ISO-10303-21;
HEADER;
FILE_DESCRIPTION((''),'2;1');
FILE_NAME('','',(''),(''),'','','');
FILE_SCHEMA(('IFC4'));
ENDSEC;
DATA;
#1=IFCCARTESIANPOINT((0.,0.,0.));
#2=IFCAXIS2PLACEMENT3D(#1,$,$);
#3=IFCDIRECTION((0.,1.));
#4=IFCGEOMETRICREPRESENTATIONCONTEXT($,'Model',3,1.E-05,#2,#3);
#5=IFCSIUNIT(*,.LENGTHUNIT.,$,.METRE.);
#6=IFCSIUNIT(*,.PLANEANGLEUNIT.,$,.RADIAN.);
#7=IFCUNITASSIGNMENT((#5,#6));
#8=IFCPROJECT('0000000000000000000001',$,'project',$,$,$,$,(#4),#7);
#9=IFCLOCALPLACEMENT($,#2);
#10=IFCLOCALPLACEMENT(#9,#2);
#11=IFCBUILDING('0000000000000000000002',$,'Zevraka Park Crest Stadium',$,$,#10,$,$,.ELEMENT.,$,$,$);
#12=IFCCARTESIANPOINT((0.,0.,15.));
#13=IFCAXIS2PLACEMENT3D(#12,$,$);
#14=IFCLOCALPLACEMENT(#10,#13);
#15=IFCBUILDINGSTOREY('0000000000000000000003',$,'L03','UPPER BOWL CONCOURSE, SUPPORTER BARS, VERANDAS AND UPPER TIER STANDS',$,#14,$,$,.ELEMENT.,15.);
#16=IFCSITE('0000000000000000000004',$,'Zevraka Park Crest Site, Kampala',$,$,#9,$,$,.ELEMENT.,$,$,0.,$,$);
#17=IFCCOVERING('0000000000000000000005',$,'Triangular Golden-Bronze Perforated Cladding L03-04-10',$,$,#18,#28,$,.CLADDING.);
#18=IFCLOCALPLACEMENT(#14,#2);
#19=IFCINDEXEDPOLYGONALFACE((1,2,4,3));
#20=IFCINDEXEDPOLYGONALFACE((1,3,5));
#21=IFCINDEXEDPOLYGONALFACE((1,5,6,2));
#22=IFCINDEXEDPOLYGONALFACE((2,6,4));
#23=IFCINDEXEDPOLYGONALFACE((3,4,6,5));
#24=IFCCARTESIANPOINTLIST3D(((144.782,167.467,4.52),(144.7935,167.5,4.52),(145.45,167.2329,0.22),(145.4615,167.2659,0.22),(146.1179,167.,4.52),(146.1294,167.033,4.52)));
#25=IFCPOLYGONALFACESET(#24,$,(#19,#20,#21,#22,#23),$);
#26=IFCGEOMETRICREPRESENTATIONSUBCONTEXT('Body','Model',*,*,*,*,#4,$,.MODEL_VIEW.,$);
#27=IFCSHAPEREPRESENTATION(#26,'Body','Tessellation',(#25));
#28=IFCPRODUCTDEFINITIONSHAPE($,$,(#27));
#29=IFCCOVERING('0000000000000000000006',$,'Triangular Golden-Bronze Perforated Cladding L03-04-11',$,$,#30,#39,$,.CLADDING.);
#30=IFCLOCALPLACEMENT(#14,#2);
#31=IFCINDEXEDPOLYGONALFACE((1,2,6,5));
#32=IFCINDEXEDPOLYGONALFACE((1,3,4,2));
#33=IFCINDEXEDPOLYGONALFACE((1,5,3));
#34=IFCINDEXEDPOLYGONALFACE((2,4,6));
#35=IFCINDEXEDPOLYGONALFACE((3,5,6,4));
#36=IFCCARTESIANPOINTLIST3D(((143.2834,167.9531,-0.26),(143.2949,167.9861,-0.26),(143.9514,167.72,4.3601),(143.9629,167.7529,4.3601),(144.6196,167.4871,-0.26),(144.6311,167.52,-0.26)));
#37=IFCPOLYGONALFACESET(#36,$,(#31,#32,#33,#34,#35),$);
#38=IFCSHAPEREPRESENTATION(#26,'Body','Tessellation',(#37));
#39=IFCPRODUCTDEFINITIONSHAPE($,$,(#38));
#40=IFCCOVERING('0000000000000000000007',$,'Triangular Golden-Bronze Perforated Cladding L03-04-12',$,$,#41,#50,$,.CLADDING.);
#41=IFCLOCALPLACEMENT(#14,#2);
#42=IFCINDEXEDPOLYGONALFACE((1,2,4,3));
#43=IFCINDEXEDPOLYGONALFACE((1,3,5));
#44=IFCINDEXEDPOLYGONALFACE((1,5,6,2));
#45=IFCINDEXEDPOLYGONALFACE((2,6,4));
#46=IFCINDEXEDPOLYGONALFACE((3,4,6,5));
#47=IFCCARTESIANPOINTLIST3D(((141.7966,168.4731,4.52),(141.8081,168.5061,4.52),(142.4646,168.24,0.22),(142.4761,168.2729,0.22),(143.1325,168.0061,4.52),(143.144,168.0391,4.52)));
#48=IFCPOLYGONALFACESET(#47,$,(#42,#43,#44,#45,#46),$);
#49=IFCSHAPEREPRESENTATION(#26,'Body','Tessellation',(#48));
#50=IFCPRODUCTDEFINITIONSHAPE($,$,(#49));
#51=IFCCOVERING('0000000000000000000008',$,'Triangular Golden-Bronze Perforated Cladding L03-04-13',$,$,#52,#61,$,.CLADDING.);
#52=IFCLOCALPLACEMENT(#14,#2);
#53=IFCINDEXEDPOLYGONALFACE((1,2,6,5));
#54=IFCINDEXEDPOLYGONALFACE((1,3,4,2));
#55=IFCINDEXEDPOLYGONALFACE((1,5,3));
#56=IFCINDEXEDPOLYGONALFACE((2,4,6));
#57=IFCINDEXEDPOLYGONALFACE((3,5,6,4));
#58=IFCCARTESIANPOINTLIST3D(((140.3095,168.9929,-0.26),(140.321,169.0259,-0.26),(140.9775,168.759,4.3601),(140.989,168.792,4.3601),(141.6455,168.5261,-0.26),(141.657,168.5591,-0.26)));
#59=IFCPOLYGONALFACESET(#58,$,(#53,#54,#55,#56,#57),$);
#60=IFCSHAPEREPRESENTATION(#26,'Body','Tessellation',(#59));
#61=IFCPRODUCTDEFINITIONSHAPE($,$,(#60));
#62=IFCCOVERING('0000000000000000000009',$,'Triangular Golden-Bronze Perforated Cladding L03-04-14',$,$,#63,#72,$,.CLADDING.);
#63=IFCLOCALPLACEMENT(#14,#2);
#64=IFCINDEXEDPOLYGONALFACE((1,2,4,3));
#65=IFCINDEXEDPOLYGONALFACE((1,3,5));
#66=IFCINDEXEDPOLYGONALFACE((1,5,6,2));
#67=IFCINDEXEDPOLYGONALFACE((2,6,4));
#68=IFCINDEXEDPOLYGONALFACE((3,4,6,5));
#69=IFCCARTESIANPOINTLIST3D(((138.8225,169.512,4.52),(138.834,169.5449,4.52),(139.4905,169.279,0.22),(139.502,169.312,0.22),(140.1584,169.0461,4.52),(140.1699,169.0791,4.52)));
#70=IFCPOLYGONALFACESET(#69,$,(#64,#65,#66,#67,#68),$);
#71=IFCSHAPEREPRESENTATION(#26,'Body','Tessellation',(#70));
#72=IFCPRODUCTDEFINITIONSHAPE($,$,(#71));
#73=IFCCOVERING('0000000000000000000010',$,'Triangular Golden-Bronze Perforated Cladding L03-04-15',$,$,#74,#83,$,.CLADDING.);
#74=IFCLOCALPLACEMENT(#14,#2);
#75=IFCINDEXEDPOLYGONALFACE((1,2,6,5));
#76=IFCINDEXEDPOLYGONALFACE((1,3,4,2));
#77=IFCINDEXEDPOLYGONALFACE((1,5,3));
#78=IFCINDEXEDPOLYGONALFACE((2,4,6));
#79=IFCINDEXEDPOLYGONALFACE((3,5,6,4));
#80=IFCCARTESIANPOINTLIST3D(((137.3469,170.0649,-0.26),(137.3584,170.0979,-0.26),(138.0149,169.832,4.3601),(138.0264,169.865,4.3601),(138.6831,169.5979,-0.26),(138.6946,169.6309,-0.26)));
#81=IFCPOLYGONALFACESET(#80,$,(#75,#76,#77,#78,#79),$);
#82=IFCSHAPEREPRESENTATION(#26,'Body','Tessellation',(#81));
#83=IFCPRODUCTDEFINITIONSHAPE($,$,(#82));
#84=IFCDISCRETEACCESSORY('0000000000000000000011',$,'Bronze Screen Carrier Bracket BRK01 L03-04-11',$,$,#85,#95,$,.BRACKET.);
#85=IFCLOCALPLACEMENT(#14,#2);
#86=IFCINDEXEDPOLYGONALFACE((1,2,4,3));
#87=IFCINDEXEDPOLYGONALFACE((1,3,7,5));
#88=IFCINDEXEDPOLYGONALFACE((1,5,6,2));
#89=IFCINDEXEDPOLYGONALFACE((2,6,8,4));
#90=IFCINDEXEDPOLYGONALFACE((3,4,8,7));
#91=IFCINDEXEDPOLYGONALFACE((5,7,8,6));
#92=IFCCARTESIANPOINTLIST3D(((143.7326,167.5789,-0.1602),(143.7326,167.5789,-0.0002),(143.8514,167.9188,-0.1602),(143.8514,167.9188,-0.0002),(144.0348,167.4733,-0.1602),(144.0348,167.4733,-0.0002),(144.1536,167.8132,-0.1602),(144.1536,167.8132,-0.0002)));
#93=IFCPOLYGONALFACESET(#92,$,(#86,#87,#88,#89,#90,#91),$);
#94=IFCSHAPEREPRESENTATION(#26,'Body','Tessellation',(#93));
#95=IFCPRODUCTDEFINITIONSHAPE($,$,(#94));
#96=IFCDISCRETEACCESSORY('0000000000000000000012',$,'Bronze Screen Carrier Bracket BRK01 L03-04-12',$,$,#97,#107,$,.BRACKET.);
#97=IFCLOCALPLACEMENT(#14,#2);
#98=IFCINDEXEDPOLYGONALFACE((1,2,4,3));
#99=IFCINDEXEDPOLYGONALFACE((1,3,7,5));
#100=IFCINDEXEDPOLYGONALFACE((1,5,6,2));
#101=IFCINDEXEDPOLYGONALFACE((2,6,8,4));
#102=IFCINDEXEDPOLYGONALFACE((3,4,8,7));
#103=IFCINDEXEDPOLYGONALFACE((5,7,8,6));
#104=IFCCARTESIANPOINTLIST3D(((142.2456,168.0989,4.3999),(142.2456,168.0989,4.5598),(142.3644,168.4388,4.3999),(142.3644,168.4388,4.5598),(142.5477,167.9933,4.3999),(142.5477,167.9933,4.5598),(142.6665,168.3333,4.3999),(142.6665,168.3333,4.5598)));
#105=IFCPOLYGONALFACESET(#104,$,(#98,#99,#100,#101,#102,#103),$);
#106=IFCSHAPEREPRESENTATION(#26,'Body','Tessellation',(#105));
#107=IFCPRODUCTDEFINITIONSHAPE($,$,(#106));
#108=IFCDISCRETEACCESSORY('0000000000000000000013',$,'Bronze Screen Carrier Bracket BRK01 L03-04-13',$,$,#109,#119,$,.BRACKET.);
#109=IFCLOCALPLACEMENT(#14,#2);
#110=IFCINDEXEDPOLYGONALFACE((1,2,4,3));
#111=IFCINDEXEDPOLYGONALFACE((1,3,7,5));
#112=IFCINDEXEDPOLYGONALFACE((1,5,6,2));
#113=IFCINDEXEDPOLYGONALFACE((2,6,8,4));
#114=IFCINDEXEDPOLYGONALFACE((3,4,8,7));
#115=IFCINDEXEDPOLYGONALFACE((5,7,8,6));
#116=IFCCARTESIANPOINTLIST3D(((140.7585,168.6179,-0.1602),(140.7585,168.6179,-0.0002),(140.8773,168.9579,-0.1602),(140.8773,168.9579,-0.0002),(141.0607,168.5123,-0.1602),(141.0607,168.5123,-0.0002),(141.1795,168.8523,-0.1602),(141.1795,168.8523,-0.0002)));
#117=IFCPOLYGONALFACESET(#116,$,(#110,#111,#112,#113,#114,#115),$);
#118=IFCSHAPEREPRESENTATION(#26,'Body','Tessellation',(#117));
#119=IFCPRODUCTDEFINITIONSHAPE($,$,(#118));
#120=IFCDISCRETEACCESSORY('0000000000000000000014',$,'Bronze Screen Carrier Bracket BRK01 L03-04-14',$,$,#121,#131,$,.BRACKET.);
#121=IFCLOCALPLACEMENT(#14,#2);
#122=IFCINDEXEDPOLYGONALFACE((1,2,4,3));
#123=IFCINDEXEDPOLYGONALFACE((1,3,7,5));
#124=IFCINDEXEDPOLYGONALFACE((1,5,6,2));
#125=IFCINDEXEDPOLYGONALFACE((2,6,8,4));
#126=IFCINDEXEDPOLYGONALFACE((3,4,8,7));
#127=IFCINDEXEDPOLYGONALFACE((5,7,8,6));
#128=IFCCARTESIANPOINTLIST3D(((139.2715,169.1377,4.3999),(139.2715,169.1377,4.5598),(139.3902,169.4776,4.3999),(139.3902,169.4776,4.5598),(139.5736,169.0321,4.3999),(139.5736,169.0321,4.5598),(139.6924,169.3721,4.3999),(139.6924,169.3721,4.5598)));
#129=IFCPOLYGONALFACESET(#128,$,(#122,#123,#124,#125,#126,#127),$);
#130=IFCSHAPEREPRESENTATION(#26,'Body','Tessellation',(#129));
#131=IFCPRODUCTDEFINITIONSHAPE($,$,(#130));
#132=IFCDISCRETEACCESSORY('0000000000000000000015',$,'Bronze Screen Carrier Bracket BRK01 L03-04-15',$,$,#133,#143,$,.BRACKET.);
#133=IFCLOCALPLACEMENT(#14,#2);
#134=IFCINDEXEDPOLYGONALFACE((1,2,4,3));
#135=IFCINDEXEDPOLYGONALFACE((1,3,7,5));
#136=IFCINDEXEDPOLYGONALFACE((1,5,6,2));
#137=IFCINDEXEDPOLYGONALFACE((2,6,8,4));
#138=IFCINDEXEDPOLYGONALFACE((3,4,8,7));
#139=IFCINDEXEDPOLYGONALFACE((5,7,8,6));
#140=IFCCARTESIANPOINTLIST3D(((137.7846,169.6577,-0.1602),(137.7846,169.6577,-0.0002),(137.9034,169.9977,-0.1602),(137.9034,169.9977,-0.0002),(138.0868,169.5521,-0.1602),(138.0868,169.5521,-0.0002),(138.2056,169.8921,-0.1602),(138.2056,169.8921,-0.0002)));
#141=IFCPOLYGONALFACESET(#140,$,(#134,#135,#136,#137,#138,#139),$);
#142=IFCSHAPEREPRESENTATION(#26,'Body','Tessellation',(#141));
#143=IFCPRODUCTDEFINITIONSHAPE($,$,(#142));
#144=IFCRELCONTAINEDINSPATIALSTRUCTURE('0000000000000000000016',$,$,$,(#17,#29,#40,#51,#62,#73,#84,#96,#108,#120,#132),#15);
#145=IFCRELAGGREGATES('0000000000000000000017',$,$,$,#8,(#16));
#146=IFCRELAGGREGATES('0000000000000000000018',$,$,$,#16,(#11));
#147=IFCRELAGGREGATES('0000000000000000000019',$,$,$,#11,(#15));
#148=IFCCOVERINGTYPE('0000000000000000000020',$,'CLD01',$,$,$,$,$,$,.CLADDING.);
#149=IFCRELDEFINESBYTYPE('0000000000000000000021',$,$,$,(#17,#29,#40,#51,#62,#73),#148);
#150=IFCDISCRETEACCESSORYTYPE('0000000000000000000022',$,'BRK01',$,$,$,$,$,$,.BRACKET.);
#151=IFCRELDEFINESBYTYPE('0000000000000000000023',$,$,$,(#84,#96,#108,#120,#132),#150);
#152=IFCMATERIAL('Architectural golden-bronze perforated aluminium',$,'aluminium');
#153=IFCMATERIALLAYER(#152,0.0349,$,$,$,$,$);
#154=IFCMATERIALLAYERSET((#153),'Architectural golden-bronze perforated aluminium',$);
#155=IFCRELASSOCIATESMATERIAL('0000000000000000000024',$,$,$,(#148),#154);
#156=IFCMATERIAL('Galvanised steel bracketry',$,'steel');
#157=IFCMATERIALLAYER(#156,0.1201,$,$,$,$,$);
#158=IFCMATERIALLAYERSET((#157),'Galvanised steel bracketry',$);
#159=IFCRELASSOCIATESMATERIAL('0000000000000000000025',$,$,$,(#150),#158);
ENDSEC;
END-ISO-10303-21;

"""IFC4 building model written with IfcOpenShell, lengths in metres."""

from ifc_helpers import new_model, si_unit, direction, frame, origin, origin_2d, place, context, subcontext, project, spatial, polyline, rectangle, outline, extrude, material, layer, layer_set, type_object, element, save


model = new_model("IFC4")

# Units and contexts
model_context = context("Model", 3, precision=1e-05, world=origin(), true_north=direction((0.0, 1.0)))
body_context = subcontext(model_context, "Body", "Model", "MODEL_VIEW")
ifc_project = project(units=[si_unit("LENGTHUNIT", "METRE"), si_unit("PLANEANGLEUNIT", "RADIAN")], contexts=[model_context])

# Site, building, storey
site_placement = place(None, origin())
site = spatial("IfcSite", under=ifc_project, at=site_placement, Name="Zevraka Park Crest Site, Kampala", CompositionType="ELEMENT", RefElevation=0.0)
building_placement = place(site_placement, origin())
building = spatial("IfcBuilding", under=site, at=building_placement, Name="Zevraka Park Crest Stadium", CompositionType="ELEMENT")
storey_placement = place(building_placement, frame((0.0, 0.0, 15.0)))
storey = spatial("IfcBuildingStorey", under=building, at=storey_placement, Name="L03", Description="UPPER BOWL CONCOURSE, SUPPORTER BARS, VERANDAS AND UPPER TIER STANDS", CompositionType="ELEMENT", Elevation=15.0)

# Coverings
ifc_material_1 = material(Name="Architectural golden-bronze perforated aluminium", Category="aluminium")
ifc_layer_1 = layer(ifc_material_1, 0.0349)
ifc_layer_set_1 = layer_set([ifc_layer_1], Name="Architectural golden-bronze perforated aluminium")
covering_type = type_object("IfcCoveringType", Name="CLD01", PredefinedType="CLADDING", material=ifc_layer_set_1)
covering_1_placement = place(storey_placement, frame((144.782, 167.467, 4.52), z_axis=(-0.330012, -0.943977, 0.000134), x_axis=(0.943977, -0.330012, 0.0)))
element("IfcCovering", 1, at=covering_1_placement, inside=storey, type_object=covering_type, Name="Triangular Golden-Bronze Perforated Cladding L03-04-10", PredefinedType="CLADDING", context=body_context, shape_type="SweptSolid", body=[
    extrude(outline(polyline([(0.0, 0.0), (1.4152, 0.0), (0.7078, -4.3), (0.0, 0.0)])), origin(), (0.0, 0.0, -1.0), 0.0349),
])
covering_2_placement = place(storey_placement, frame((144.6311, 167.52, -0.26), z_axis=(0.329344, 0.94421, 0.000034), x_axis=(-0.94421, 0.329344, 0.0)))
element("IfcCovering", 2, at=covering_2_placement, inside=storey, type_object=covering_type, Name="Triangular Golden-Bronze Perforated Cladding L03-04-11", PredefinedType="CLADDING", context=body_context, shape_type="SweptSolid", body=[
    extrude(outline(polyline([(0.0, 0.0), (1.4151, 0.0), (0.7076, 4.6201), (0.0, 0.0)])), origin(), (0.0, 0.0, -1.0), 0.0349),
])
covering_3_placement = place(storey_placement, frame((141.8081, 168.5061, 4.52), z_axis=(0.330012, 0.943977, 0.00008), x_axis=(0.943977, -0.330012, 0.0)))
element("IfcCovering", 3, at=covering_3_placement, inside=storey, type_object=covering_type, Name="Triangular Golden-Bronze Perforated Cladding L03-04-12", PredefinedType="CLADDING", context=body_context, shape_type="SweptSolid", body=[
    extrude(outline(polyline([(0.0, 0.0), (1.4152, 0.0), (0.7075, 4.3), (0.0, 0.0)])), origin(), (0.0, 0.0, -1.0), 0.0349),
])
covering_4_placement = place(storey_placement, frame((141.657, 168.5591, -0.26), z_axis=(0.329859, 0.94403, 0.0001), x_axis=(-0.94403, 0.329859, 0.0)))
element("IfcCovering", 4, at=covering_4_placement, inside=storey, type_object=covering_type, Name="Triangular Golden-Bronze Perforated Cladding L03-04-13", PredefinedType="CLADDING", context=body_context, shape_type="SweptSolid", body=[
    extrude(outline(polyline([(0.0, 0.0), (1.4151, 0.0), (0.7074, 4.6201), (0.0, 0.0)])), origin(), (0.0, 0.0, -1.0), 0.0349),
])
covering_5_placement = place(storey_placement, frame((138.834, 169.5449, 4.52), z_axis=(0.329243, 0.944245, 0.0), x_axis=(0.944245, -0.329243, 0.0)))
element("IfcCovering", 5, at=covering_5_placement, inside=storey, type_object=covering_type, Name="Triangular Golden-Bronze Perforated Cladding L03-04-14", PredefinedType="CLADDING", context=body_context, shape_type="SweptSolid", body=[
    extrude(outline(polyline([(0.0, 0.0), (1.4148, 0.0), (0.7074, 4.3), (0.0, 0.0)])), origin(), (0.0, 0.0, -1.0), 0.0349),
])
covering_6_placement = place(storey_placement, frame((138.6831, 169.5979, -0.26), z_axis=(-0.329959, -0.943995, 0.000116), x_axis=(-0.943995, 0.329959, 0.0)))
element("IfcCovering", 6, at=covering_6_placement, inside=storey, type_object=covering_type, Name="Triangular Golden-Bronze Perforated Cladding L03-04-15", PredefinedType="CLADDING", context=body_context, shape_type="SweptSolid", body=[
    extrude(outline(polyline([(0.0, 0.0), (1.4155, 0.0), (0.708, -4.6201), (0.0, 0.0)])), origin(), (0.0, 0.0, -1.0), 0.0349),
])

# Discrete accessories
ifc_material_2 = material(Name="Galvanised steel bracketry", Category="steel")
ifc_layer_2 = layer(ifc_material_2, 0.1201)
ifc_layer_set_2 = layer_set([ifc_layer_2], Name="Galvanised steel bracketry")
discrete_accessory_type = type_object("IfcDiscreteAccessoryType", Name="BRK01", PredefinedType="BRACKET", material=ifc_layer_set_2)
for number, where, z_axis, x_axis, name in (
    (7, (143.9431, 167.696, -0.1602), (0.0, 0.0, 1.0), (-0.944031, 0.329855, 0.0), "Bronze Screen Carrier Bracket BRK01 L03-04-11"),
    (8, (142.4561, 168.2161, 4.3999), (0.0, 0.0, 1.0), (-0.944031, 0.329855, 0.0), "Bronze Screen Carrier Bracket BRK01 L03-04-12"),
    (9, (140.969, 168.7351, -0.1602), (0.0, 0.0, 1.0), (-0.944031, 0.329855, 0.0), "Bronze Screen Carrier Bracket BRK01 L03-04-13"),
    (10, (139.4819, 169.2549, 4.3999), (0.0, 0.0, 1.0), (-0.944031, 0.329855, 0.0), "Bronze Screen Carrier Bracket BRK01 L03-04-14"),
    (11, (137.9951, 169.7749, -0.1602), (0.0, 0.0, 1.0), (-0.944031, 0.329855, 0.0), "Bronze Screen Carrier Bracket BRK01 L03-04-15"),
):
    element("IfcDiscreteAccessory", number, at=place(storey_placement, frame(where, z_axis=z_axis, x_axis=x_axis)), inside=storey, type_object=discrete_accessory_type, Name=name, PredefinedType="BRACKET", context=body_context, shape_type="SweptSolid", body=[
        extrude(rectangle(XDim=0.3201, YDim=0.3601, at=origin_2d()), origin(), (0.0, 0.0, 1.0), 0.1599),
    ])

save(model, "model.ifc")
